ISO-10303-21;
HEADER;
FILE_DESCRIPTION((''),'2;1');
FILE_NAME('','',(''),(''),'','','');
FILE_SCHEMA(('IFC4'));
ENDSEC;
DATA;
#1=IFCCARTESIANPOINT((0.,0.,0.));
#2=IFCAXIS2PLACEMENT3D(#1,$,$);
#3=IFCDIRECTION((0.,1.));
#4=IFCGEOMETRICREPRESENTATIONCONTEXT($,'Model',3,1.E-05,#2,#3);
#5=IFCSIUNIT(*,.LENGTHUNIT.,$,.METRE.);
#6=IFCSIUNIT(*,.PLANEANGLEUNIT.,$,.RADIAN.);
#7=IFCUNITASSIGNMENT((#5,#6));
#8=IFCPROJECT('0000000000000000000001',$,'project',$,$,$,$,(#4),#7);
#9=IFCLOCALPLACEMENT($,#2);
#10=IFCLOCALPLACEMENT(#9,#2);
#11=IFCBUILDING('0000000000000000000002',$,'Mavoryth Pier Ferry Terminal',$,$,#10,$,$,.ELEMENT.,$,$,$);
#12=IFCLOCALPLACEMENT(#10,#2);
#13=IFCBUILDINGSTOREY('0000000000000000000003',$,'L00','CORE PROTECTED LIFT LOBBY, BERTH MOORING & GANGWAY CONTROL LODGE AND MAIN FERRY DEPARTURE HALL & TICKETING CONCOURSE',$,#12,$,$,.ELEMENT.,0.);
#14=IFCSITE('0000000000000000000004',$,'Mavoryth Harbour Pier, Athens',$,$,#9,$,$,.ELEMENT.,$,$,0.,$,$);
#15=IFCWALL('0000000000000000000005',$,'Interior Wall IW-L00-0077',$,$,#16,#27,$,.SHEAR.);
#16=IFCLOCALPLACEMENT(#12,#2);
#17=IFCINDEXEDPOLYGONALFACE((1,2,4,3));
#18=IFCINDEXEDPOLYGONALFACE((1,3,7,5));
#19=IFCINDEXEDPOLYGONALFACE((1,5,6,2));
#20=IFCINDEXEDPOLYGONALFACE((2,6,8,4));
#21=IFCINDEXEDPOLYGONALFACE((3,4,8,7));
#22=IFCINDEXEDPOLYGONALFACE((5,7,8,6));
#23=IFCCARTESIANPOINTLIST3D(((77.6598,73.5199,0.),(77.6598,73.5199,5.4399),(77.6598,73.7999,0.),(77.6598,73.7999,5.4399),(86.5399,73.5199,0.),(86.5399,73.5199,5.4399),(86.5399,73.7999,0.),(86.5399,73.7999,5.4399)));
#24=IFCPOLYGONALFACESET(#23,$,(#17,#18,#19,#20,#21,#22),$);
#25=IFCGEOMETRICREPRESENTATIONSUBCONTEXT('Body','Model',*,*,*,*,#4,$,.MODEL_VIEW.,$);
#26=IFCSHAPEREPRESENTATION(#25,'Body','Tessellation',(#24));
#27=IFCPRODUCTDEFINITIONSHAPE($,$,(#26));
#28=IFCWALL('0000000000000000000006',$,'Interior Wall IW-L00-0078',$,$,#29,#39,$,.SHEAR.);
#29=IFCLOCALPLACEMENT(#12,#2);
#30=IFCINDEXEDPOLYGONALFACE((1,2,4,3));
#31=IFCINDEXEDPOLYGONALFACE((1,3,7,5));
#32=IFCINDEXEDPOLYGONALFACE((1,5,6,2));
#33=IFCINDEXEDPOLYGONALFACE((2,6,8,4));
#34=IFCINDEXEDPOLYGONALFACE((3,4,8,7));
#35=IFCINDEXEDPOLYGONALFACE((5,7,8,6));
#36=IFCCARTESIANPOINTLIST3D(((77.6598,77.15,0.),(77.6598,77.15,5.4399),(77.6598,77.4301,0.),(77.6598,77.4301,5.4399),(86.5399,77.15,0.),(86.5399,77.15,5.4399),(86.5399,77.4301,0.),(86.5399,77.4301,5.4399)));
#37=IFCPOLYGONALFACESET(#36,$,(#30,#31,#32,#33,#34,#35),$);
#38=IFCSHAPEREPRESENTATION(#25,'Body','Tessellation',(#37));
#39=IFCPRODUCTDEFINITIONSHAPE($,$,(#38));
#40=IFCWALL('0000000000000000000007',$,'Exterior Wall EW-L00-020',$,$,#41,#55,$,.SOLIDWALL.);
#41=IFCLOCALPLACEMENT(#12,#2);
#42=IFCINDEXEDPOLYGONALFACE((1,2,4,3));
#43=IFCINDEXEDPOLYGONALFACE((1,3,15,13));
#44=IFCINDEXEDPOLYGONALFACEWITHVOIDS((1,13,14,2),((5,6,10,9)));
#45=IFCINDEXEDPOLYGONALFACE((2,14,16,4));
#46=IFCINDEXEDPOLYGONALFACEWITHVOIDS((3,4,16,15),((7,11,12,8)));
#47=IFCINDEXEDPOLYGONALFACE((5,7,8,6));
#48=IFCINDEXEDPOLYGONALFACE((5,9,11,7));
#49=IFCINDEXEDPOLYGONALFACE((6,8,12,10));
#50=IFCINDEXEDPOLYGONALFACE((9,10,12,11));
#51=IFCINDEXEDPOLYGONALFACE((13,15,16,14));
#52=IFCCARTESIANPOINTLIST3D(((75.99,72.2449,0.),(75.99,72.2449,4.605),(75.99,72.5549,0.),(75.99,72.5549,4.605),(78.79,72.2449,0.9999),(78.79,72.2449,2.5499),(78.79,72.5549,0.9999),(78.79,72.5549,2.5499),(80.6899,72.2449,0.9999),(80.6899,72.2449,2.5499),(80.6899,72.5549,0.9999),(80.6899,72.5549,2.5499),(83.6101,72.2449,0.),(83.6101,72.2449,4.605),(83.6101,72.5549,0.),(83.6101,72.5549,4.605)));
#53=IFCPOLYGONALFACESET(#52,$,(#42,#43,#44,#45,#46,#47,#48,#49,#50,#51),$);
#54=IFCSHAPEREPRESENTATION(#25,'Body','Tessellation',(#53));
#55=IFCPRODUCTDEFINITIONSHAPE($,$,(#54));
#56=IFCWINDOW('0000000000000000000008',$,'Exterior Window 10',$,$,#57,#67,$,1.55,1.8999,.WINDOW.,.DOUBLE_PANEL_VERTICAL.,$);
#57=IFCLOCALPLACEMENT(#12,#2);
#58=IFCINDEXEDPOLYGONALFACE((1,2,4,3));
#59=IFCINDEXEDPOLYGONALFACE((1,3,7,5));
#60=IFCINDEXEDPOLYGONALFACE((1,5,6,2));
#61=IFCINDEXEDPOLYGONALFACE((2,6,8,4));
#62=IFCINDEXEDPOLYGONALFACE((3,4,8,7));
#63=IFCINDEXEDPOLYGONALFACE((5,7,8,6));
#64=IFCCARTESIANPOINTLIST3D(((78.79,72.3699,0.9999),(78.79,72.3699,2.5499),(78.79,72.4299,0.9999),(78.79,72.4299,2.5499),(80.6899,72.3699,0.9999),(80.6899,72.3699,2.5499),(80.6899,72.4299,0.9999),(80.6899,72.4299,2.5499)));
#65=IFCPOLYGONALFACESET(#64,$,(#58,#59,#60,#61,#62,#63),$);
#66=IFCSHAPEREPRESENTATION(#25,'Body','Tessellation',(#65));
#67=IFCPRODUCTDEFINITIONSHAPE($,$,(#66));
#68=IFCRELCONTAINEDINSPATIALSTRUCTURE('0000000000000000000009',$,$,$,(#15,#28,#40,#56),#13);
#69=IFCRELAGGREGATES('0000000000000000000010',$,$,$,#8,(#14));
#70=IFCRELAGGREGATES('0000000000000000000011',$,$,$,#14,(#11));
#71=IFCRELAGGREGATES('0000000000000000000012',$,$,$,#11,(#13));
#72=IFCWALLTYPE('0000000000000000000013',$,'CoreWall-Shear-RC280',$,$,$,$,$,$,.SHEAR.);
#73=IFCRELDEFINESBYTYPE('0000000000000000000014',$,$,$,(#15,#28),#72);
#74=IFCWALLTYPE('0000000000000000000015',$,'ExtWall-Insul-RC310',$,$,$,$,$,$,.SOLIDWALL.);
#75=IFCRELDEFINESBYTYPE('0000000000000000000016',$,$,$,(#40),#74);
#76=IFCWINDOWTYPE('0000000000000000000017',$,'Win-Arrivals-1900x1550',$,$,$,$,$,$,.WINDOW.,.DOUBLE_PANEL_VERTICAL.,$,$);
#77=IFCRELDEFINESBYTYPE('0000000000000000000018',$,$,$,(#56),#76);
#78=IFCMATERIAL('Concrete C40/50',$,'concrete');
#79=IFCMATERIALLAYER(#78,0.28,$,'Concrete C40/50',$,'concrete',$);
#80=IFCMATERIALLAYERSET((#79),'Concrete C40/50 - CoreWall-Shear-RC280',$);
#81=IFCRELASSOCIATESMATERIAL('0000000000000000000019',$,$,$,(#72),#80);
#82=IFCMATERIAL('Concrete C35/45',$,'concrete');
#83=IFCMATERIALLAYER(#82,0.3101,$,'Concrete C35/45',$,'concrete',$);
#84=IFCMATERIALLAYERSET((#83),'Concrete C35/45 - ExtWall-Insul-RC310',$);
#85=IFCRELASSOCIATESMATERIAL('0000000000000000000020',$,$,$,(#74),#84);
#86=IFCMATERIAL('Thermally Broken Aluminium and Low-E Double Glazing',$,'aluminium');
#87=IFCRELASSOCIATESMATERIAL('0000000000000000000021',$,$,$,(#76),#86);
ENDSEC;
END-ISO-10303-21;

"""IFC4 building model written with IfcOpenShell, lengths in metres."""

from ifc_helpers import new_model, si_unit, direction, frame, frame_2d, origin, place, context, subcontext, project, spatial, rectangle, extrude, material, layer, layer_set, type_object, element, fill, save


model = new_model("IFC4")

# Units and contexts
model_context = context("Model", 3, precision=1e-05, world=origin(), true_north=direction((0.0, 1.0)))
body_context = subcontext(model_context, "Body", "Model", "MODEL_VIEW")
ifc_project = project(units=[si_unit("LENGTHUNIT", "METRE"), si_unit("PLANEANGLEUNIT", "RADIAN")], contexts=[model_context])

# Site, building, storey
site_placement = place(None, origin())
site = spatial("IfcSite", under=ifc_project, at=site_placement, Name="Mavoryth Harbour Pier, Athens", CompositionType="ELEMENT", RefElevation=0.0)
building_placement = place(site_placement, origin())
building = spatial("IfcBuilding", under=site, at=building_placement, Name="Mavoryth Pier Ferry Terminal", CompositionType="ELEMENT")
storey_placement = place(building_placement, origin())
storey = spatial("IfcBuildingStorey", under=building, at=storey_placement, Name="L00", Description="CORE PROTECTED LIFT LOBBY, BERTH MOORING & GANGWAY CONTROL LODGE AND MAIN FERRY DEPARTURE HALL & TICKETING CONCOURSE", CompositionType="ELEMENT", Elevation=0.0)

# Shared definitions
ifc_material_1 = material(Name="Concrete C35/45", Category="concrete")

# Shared definitions
ifc_material_2 = material(Name="Concrete C40/50", Category="concrete")

# Walls
ifc_layer_1 = layer(ifc_material_2, 0.28, Name="Concrete C40/50", Category="concrete")
ifc_layer_set_1 = layer_set([ifc_layer_1], Name="Concrete C40/50 - CoreWall-Shear-RC280")
wall_type_1 = type_object("IfcWallType", Name="CoreWall-Shear-RC280", PredefinedType="SHEAR", material=ifc_layer_set_1)
for number, where, z_axis, x_axis, name in (
    (1, (77.6599, 73.6599, 0.0), (0.0, 0.0, 1.0), (1.0, 0.0, 0.0), "Interior Wall IW-L00-0077"),
    (2, (77.6599, 77.29, 0.0), (0.0, 0.0, 1.0), (1.0, 0.0, 0.0), "Interior Wall IW-L00-0078"),
):
    element("IfcWall", number, at=place(storey_placement, frame(where, z_axis=z_axis, x_axis=x_axis)), inside=storey, type_object=wall_type_1, Name=name, PredefinedType="SHEAR", context=body_context, shape_type="SweptSolid", body=[
        extrude(rectangle(XDim=8.8801, YDim=0.28, at=frame_2d((4.4399, 0.0))), origin(), (0.0, 0.0, 1.0), 5.4399),
    ])

# Shared definitions
ifc_layer_2 = layer(ifc_material_1, 0.3101, Name="Concrete C35/45", Category="concrete")
ifc_layer_set_2 = layer_set([ifc_layer_2], Name="Concrete C35/45 - ExtWall-Insul-RC310")
wall_type_2 = type_object("IfcWallType", Name="ExtWall-Insul-RC310", PredefinedType="SOLIDWALL", material=ifc_layer_set_2)
ifc_material_3 = material(Name="Thermally Broken Aluminium and Low-E Double Glazing", Category="aluminium")

# Wall, opening, window
wall_1_placement = place(storey_placement, frame((75.99, 72.3999, 0.0), z_axis=(0.0, 0.0, 1.0), x_axis=(1.0, 0.0, 0.0)))
wall_1 = element("IfcWall", 3, at=wall_1_placement, inside=storey, type_object=wall_type_2, Name="Exterior Wall EW-L00-020", PredefinedType="SOLIDWALL", context=body_context, shape_type="SweptSolid", body=[
    extrude(rectangle(XDim=7.6201, YDim=0.3101, at=frame_2d((3.8101, 0.0))), origin(), (0.0, 0.0, 1.0), 4.605),
])
opening_1_placement = place(wall_1_placement, frame((2.8, 0.0, 1.0)))
opening_1 = element("IfcOpeningElement", 4, at=opening_1_placement, cuts=wall_1, PredefinedType="OPENING", context=body_context, shape_type="SweptSolid", body=[
    extrude(rectangle(XDim=1.8999, YDim=1.55, at=frame_2d((0.95, 0.7749))), frame((0.0, 0.165, 0.0), z_axis=(0.0, -1.0, 0.0), x_axis=(1.0, 0.0, 0.0)), (0.0, 0.0, 1.0), 0.3301),
])
window_type_1 = type_object("IfcWindowType", Name="Win-Arrivals-1900x1550", PartitioningType="DOUBLE_PANEL_VERTICAL", PredefinedType="WINDOW", material=ifc_material_3)
window_1_placement = place(opening_1_placement, origin())
window_1 = element("IfcWindow", 5, at=window_1_placement, inside=storey, type_object=window_type_1, Name="Exterior Window 10", OverallHeight=1.55, OverallWidth=1.8999, PartitioningType="DOUBLE_PANEL_VERTICAL", PredefinedType="WINDOW", context=body_context, shape_type="SweptSolid", body=[
    extrude(rectangle(XDim=1.8999, YDim=1.55, at=frame_2d((0.95, 0.7749))), frame((0.0, 0.03, 0.0), z_axis=(0.0, -1.0, 0.0), x_axis=(1.0, 0.0, 0.0)), (0.0, 0.0, 1.0), 0.0601),
])
fill(opening_1, window_1)

save(model, "model.ifc")
